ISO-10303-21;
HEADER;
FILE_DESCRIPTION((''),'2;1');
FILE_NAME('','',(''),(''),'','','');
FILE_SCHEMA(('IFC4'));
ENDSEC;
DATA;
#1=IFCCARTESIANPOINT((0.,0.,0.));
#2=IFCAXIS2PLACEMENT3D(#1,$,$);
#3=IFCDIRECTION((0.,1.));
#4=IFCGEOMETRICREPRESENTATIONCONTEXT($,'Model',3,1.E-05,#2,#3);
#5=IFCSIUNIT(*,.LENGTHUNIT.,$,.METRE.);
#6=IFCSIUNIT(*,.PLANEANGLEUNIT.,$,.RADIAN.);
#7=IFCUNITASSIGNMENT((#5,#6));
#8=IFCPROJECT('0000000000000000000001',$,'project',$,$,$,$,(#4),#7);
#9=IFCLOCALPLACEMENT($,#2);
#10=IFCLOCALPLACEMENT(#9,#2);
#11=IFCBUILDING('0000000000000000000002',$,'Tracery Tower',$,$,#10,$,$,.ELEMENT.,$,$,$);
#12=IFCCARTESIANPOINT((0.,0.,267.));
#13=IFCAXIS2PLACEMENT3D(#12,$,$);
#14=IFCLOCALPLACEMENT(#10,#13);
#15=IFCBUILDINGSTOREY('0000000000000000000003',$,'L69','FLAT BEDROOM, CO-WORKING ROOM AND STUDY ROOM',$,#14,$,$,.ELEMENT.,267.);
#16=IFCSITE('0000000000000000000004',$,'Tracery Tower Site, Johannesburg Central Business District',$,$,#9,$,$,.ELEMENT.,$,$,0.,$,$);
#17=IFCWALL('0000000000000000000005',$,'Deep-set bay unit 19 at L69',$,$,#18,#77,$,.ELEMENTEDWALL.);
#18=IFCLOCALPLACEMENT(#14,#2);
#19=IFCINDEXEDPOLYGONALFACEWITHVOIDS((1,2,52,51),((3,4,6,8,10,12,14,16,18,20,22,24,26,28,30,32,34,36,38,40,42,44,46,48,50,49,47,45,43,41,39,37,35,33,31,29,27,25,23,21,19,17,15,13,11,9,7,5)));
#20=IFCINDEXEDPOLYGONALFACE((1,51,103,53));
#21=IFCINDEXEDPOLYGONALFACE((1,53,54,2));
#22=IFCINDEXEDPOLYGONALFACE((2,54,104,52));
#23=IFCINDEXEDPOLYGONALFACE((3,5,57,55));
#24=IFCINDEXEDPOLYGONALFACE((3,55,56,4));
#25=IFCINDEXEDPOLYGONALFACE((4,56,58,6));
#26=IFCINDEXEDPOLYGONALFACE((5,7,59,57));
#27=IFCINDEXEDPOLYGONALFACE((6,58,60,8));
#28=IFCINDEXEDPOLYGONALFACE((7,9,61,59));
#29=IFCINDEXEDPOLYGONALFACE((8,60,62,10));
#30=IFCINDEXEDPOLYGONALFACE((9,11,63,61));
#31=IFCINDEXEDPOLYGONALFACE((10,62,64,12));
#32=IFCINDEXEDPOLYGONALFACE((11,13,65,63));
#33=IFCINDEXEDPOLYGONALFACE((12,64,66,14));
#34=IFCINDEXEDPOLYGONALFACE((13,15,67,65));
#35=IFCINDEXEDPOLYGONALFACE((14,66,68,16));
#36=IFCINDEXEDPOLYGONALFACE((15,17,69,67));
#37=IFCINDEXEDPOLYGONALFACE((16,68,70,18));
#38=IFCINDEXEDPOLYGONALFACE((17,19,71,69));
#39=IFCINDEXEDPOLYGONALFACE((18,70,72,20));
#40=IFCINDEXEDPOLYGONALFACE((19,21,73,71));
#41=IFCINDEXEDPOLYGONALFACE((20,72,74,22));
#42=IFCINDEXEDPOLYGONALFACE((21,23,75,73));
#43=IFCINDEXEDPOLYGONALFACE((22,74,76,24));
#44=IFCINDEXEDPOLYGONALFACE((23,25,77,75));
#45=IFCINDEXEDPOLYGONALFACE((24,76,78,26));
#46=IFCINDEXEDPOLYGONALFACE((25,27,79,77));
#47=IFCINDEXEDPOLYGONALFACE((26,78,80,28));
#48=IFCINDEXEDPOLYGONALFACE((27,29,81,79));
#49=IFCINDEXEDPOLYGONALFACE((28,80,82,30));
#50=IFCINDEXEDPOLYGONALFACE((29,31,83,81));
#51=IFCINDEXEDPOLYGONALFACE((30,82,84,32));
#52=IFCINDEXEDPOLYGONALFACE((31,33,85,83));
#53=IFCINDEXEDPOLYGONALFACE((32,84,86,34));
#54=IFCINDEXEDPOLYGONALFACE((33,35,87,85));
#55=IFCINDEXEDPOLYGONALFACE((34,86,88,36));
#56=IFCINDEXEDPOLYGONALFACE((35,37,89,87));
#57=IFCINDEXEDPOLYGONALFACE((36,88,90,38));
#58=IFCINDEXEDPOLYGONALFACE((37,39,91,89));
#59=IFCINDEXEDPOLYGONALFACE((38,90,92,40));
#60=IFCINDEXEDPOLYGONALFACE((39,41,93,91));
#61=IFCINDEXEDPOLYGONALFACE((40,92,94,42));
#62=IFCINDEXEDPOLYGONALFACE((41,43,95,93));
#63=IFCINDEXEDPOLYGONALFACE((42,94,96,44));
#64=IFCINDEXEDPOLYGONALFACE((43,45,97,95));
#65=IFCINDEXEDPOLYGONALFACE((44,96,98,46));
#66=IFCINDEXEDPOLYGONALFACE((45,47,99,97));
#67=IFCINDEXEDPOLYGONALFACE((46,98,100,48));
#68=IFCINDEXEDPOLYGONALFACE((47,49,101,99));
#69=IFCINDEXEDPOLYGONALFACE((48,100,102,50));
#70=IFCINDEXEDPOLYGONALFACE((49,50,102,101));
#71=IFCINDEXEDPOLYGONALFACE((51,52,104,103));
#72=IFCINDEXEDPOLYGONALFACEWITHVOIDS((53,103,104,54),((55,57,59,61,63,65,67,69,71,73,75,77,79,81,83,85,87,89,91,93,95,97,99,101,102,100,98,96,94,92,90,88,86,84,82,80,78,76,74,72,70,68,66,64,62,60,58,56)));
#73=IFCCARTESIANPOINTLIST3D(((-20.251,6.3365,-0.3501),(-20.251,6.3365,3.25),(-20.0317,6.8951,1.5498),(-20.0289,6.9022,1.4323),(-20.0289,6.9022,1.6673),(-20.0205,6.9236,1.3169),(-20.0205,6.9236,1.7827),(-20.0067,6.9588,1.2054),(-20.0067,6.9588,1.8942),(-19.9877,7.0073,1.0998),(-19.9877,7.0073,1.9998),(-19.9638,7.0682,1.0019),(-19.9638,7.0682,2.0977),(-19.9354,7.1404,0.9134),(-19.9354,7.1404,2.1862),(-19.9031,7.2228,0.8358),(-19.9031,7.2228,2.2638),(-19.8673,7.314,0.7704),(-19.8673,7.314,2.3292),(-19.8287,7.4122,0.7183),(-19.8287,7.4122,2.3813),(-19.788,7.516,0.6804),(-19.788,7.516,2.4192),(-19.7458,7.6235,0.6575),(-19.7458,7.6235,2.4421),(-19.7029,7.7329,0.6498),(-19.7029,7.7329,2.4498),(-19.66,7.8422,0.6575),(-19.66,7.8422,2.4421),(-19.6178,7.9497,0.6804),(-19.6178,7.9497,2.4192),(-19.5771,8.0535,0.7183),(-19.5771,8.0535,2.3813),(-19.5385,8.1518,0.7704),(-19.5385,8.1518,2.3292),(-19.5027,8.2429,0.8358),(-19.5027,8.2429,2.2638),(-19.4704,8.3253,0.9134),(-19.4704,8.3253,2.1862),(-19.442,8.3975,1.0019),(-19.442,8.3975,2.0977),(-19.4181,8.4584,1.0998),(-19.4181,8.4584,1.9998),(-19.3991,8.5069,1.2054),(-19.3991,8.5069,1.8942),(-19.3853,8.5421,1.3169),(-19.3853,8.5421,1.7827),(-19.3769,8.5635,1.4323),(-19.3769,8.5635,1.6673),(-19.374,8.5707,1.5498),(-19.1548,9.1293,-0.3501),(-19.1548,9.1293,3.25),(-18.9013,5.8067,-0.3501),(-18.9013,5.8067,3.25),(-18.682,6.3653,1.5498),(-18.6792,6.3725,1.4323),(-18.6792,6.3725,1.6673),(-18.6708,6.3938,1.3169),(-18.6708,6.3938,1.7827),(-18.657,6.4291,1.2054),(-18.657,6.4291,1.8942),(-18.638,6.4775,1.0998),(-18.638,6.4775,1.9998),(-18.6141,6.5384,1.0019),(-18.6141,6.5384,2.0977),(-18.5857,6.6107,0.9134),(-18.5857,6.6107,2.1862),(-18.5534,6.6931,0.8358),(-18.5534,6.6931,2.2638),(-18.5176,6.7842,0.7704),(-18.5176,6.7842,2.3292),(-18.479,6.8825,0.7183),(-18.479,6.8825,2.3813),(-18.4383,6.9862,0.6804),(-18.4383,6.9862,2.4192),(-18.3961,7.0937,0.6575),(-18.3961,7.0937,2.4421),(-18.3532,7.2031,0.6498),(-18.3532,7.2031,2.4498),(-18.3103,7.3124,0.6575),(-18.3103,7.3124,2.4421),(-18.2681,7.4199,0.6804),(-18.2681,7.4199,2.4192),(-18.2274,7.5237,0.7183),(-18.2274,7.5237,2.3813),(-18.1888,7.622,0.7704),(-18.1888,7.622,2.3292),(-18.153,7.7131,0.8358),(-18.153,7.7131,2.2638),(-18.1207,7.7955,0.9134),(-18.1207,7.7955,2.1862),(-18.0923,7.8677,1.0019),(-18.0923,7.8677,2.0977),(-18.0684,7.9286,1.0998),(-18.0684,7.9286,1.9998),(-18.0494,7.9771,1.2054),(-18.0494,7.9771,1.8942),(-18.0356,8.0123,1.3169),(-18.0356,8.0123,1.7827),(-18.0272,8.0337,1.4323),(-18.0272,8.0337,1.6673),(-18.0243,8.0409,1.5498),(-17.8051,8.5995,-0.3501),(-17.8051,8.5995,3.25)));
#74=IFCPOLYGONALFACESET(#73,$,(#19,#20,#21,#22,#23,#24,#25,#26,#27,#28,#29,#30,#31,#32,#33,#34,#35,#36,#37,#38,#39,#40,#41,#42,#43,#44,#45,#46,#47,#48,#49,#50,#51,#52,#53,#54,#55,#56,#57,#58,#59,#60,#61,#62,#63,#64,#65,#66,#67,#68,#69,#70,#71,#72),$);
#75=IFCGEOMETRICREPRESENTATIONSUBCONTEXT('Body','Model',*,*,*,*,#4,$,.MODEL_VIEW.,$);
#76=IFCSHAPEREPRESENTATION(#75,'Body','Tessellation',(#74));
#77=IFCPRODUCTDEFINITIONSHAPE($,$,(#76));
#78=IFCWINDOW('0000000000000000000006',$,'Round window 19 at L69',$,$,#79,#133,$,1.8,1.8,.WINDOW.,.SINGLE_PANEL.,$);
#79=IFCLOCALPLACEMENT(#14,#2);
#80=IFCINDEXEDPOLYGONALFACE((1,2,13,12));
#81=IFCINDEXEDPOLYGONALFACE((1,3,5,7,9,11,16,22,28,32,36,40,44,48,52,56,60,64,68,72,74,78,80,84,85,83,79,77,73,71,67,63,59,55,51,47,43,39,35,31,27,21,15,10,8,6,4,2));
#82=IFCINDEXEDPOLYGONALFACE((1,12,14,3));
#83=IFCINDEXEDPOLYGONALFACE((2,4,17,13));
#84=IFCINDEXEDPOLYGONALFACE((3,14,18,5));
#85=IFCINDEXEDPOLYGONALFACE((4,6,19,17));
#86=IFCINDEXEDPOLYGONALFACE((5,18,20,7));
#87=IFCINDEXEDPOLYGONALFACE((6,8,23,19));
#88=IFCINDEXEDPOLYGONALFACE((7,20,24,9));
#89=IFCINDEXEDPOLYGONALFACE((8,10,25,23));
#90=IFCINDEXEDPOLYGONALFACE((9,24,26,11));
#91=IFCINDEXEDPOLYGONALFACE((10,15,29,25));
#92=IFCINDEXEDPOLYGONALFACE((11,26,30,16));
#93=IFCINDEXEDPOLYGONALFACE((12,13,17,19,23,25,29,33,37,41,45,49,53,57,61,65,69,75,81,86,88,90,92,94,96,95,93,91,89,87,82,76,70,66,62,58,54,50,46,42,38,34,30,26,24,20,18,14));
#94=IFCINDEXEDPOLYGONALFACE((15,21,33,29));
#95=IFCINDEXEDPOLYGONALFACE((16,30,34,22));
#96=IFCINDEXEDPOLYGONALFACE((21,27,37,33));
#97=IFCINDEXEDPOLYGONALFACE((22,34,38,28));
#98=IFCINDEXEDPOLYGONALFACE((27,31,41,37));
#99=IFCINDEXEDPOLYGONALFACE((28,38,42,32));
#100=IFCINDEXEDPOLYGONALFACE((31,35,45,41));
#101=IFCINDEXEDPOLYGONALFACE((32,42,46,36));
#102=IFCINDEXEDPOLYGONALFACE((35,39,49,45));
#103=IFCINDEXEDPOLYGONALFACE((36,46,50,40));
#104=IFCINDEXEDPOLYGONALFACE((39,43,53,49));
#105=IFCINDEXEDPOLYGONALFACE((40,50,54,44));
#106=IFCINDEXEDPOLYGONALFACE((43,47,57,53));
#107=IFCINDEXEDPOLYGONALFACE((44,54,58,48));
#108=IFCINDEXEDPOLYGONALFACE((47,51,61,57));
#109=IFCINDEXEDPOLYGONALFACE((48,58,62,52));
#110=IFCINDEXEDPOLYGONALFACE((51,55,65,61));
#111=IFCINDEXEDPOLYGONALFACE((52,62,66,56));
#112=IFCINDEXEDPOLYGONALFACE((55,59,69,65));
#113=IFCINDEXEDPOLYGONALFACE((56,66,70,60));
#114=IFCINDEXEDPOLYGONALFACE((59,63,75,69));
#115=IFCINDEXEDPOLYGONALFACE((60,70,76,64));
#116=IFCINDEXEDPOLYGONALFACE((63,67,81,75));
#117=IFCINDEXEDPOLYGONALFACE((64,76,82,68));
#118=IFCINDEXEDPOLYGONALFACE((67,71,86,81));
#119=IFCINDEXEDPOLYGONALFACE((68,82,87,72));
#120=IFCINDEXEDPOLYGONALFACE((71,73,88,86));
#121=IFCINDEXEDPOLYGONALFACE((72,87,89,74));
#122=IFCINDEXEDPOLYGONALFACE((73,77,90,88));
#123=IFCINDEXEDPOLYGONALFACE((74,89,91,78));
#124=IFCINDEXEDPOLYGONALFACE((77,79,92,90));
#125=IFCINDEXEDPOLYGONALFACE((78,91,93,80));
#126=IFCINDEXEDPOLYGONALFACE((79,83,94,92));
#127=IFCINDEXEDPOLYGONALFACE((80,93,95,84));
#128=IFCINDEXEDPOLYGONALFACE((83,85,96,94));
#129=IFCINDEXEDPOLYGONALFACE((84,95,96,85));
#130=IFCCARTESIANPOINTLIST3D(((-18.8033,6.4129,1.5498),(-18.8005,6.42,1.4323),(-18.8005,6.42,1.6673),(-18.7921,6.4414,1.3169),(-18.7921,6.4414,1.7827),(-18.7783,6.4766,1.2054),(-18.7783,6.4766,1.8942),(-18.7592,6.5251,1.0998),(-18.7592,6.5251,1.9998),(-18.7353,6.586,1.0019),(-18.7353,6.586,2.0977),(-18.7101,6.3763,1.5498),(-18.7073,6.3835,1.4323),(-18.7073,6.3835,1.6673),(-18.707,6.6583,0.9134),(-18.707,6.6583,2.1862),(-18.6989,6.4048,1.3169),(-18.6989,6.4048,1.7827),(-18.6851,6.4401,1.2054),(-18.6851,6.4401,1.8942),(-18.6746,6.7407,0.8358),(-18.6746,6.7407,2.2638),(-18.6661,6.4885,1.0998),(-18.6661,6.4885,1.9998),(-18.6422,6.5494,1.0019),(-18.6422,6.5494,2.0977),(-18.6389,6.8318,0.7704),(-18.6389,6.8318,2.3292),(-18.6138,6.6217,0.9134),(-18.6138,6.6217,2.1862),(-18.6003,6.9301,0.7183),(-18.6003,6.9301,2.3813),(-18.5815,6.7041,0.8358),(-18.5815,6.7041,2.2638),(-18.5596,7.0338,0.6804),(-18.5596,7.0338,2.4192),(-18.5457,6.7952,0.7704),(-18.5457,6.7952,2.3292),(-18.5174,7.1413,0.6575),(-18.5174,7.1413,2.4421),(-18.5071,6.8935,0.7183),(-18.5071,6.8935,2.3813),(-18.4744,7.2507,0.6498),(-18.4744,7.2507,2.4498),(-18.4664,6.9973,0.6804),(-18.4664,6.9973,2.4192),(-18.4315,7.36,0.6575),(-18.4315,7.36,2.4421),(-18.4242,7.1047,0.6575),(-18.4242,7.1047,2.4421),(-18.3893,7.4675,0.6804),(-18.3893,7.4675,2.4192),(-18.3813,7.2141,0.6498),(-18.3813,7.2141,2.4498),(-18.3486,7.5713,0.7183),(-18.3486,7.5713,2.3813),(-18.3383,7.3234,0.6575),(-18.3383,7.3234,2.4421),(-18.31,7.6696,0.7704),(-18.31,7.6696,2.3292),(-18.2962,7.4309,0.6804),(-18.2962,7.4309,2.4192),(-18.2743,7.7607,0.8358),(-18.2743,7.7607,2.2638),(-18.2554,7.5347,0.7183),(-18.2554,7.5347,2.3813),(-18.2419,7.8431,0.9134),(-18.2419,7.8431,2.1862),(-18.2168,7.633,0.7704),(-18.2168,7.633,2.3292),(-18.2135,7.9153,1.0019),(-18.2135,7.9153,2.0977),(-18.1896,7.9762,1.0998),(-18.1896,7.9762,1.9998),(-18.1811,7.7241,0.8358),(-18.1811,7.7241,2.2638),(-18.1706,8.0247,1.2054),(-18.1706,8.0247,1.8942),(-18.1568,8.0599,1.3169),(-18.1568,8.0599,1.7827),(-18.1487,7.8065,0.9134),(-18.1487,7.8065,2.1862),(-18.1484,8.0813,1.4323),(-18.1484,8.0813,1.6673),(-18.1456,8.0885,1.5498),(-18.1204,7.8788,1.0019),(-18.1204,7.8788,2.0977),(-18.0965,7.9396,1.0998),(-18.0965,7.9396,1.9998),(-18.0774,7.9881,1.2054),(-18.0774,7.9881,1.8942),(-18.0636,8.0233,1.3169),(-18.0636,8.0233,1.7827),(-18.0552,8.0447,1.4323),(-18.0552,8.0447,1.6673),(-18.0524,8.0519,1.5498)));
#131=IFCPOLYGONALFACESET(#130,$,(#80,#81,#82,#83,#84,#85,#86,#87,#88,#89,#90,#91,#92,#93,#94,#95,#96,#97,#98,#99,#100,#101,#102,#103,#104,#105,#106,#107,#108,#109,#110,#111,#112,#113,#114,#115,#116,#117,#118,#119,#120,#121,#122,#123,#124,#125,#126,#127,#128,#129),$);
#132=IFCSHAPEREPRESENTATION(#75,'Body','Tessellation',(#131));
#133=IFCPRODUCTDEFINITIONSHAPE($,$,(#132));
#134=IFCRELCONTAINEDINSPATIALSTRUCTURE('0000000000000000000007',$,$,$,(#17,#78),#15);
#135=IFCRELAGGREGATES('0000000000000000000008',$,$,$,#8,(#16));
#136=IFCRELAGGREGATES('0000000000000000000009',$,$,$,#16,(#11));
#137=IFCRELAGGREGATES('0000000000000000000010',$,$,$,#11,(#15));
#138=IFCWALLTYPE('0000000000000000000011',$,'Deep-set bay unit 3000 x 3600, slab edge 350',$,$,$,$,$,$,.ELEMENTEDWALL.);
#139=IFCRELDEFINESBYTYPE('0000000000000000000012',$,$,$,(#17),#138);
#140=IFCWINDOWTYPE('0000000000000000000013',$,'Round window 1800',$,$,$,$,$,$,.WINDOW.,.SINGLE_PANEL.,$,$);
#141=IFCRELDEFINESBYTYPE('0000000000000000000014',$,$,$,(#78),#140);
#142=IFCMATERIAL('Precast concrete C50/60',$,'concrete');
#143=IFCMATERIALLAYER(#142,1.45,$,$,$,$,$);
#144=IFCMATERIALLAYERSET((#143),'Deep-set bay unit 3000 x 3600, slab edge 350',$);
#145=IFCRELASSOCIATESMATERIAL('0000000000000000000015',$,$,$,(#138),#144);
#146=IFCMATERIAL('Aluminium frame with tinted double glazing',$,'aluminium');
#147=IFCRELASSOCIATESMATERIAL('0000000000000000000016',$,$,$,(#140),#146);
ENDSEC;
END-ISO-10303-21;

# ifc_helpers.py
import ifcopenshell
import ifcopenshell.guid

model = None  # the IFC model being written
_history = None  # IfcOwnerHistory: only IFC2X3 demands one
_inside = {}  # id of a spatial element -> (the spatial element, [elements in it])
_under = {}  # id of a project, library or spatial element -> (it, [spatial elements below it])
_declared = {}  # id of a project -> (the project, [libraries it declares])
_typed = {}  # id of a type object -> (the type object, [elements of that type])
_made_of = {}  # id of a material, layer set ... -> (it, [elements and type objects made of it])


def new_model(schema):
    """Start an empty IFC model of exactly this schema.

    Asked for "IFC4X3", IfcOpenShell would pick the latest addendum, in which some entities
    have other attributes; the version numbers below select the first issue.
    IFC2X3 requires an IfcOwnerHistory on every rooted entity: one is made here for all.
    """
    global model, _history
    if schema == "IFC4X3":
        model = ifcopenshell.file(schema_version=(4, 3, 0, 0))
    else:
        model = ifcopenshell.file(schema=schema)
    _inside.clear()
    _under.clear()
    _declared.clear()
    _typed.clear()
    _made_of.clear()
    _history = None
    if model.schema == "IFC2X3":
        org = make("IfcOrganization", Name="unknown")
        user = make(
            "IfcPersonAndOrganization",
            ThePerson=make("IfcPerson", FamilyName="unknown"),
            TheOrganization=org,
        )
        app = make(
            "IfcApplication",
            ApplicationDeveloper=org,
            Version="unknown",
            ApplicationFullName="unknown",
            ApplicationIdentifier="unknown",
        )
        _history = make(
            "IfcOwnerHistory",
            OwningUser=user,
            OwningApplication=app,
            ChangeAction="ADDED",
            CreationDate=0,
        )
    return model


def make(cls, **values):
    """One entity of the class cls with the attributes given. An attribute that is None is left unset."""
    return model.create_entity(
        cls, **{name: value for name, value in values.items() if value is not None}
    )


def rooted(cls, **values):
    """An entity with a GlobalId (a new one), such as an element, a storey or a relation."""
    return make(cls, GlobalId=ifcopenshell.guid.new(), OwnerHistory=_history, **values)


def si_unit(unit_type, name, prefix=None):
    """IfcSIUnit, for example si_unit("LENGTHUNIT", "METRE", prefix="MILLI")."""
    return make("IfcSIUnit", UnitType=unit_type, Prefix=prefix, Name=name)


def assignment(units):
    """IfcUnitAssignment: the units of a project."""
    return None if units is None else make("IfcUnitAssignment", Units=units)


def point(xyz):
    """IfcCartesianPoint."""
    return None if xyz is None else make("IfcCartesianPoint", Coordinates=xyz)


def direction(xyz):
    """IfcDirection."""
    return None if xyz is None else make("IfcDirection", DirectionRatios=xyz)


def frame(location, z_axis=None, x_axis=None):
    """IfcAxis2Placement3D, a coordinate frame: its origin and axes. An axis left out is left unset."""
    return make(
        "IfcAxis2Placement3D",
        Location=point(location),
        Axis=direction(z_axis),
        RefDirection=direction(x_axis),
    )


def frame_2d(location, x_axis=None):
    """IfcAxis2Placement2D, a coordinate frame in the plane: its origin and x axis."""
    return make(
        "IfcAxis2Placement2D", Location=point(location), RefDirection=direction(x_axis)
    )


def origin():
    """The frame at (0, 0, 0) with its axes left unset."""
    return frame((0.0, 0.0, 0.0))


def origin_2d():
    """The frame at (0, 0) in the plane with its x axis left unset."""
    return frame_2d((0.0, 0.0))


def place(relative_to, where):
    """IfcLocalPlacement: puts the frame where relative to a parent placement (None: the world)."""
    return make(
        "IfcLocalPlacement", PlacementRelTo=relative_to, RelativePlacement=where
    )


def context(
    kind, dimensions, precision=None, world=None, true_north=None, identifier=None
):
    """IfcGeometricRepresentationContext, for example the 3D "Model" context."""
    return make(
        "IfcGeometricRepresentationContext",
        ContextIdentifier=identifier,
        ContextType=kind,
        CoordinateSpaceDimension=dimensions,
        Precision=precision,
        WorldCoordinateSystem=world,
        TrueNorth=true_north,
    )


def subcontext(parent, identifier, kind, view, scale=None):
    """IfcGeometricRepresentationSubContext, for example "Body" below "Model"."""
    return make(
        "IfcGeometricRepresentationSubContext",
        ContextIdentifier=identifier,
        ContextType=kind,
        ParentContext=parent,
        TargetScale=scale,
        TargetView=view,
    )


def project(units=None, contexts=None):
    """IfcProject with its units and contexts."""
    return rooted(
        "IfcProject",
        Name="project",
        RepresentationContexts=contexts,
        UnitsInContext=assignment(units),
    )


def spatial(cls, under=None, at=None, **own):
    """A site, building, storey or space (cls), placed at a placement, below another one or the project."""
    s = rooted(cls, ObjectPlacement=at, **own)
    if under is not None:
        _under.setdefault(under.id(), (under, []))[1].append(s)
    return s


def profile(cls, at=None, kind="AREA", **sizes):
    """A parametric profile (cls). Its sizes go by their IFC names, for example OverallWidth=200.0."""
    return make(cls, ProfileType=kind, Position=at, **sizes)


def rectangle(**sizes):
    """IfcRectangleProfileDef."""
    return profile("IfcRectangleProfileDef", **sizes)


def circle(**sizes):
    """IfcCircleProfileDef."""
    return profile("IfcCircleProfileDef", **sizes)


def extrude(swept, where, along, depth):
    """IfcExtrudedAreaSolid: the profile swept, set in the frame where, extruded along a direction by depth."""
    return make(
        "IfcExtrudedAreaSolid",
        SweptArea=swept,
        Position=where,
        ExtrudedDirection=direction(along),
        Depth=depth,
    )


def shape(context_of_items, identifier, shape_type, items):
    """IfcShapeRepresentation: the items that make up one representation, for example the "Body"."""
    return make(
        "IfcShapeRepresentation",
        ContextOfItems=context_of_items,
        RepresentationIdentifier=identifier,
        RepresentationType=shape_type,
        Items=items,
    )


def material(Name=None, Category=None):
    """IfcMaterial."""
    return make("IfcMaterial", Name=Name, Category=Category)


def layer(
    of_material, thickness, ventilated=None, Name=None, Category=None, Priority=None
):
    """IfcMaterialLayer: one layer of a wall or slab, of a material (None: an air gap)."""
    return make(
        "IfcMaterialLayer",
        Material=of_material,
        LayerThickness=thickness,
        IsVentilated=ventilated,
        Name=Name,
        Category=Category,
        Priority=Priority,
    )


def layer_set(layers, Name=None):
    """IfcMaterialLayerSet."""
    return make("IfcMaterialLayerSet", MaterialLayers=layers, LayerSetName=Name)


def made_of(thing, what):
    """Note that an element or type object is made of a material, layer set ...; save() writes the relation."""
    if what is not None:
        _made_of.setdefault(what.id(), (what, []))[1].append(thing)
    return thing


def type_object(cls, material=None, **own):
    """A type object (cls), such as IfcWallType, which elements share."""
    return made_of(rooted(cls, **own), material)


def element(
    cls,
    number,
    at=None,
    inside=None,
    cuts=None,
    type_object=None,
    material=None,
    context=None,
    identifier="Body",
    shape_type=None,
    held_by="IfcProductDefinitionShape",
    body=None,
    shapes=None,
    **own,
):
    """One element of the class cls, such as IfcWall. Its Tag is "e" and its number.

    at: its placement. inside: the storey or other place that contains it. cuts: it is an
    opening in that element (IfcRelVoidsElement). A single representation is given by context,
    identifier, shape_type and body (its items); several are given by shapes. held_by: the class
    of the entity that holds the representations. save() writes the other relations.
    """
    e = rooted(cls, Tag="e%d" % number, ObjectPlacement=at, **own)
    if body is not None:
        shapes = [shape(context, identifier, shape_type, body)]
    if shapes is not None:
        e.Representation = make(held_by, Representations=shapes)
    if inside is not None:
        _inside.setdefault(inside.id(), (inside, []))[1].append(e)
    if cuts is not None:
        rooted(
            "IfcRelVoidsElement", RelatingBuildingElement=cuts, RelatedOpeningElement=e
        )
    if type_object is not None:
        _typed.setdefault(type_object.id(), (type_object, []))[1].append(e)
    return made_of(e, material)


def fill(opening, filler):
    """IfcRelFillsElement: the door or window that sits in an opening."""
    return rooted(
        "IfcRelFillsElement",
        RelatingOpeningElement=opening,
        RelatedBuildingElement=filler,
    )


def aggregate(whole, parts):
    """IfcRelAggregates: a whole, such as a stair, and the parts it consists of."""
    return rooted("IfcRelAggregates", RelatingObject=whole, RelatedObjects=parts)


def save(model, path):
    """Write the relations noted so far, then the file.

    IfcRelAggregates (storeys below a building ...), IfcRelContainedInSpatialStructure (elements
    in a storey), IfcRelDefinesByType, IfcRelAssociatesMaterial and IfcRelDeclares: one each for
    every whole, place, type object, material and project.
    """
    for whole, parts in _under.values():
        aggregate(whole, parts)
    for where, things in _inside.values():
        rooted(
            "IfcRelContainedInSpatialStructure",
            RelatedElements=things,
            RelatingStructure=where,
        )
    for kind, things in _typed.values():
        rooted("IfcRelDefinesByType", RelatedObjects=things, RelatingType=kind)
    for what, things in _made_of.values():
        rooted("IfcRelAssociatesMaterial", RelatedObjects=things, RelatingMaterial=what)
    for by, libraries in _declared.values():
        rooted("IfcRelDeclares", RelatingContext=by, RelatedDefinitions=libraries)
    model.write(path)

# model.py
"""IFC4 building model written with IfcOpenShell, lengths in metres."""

from ifc_helpers import new_model, si_unit, direction, frame, frame_2d, origin, origin_2d, place, context, subcontext, project, spatial, rectangle, circle, extrude, material, layer, layer_set, type_object, element, fill, save


model = new_model("IFC4")

# Units and contexts
model_context = context("Model", 3, precision=1e-05, world=origin(), true_north=direction((0.0, 1.0)))
body_context = subcontext(model_context, "Body", "Model", "MODEL_VIEW")
ifc_project = project(units=[si_unit("LENGTHUNIT", "METRE"), si_unit("PLANEANGLEUNIT", "RADIAN")], contexts=[model_context])

# Site, building, storey
site_placement = place(None, origin())
site = spatial("IfcSite", under=ifc_project, at=site_placement, Name="Tracery Tower Site, Johannesburg Central Business District", CompositionType="ELEMENT", RefElevation=0.0)
building_placement = place(site_placement, origin())
building = spatial("IfcBuilding", under=site, at=building_placement, Name="Tracery Tower", CompositionType="ELEMENT")
storey_placement = place(building_placement, frame((0.0, 0.0, 267.0)))
storey = spatial("IfcBuildingStorey", under=building, at=storey_placement, Name="L69", Description="FLAT BEDROOM, CO-WORKING ROOM AND STUDY ROOM", CompositionType="ELEMENT", Elevation=267.0)

# Wall, opening, window
ifc_material_1 = material(Name="Precast concrete C50/60", Category="concrete")
ifc_layer_1 = layer(ifc_material_1, 1.45)
ifc_layer_set_1 = layer_set([ifc_layer_1], Name="Deep-set bay unit 3000 x 3600, slab edge 350")
wall_type_1 = type_object("IfcWallType", Name="Deep-set bay unit 3000 x 3600, slab edge 350", PredefinedType="ELEMENTEDWALL", material=ifc_layer_set_1)
ifc_material_2 = material(Name="Aluminium frame with tinted double glazing", Category="aluminium")
window_type = type_object("IfcWindowType", Name="Round window 1800", PartitioningType="SINGLE_PANEL", PredefinedType="WINDOW", material=ifc_material_2)
wall_1_placement = place(storey_placement, frame((-18.48, 8.8643, -0.3501), z_axis=(0.0, 0.0, 1.0), x_axis=(-0.365378, -0.930859, 0.0)))
wall_1 = element("IfcWall", 1, at=wall_1_placement, inside=storey, type_object=wall_type_1, Name="Deep-set bay unit 19 at L69", PredefinedType="ELEMENTEDWALL", context=body_context, shape_type="SweptSolid", body=[
    extrude(rectangle(XDim=3.0002, YDim=1.45, at=frame_2d((1.5, 0.0))), origin(), (0.0, 0.0, 1.0), 3.6001),
])
opening_1_placement = place(wall_1_placement, frame((1.5, 0.0, 1.8999)))
opening_1 = element("IfcOpeningElement", 2, at=opening_1_placement, cuts=wall_1, PredefinedType="OPENING", context=body_context, shape_type="SweptSolid", body=[
    extrude(circle(Radius=0.9, at=origin_2d()), frame((0.0, 0.7349, 0.0), z_axis=(0.0, -1.0, 0.0), x_axis=(1.0, 0.0, 0.0)), (0.0, 0.0, 1.0), 1.47),
])
window_1_placement = place(opening_1_placement, origin())
window_1 = element("IfcWindow", 3, at=window_1_placement, inside=storey, type_object=window_type, Name="Round window 19 at L69", OverallHeight=1.8, OverallWidth=1.8, PartitioningType="SINGLE_PANEL", PredefinedType="WINDOW", context=body_context, shape_type="SweptSolid", body=[
    extrude(circle(Radius=0.9, at=origin_2d()), frame((0.0, 0.6948, 0.0), z_axis=(0.0, -1.0, 0.0), x_axis=(1.0, 0.0, 0.0)), (0.0, 0.0, 1.0), 0.1001),
])
fill(opening_1, window_1)

save(model, "model.ifc")
